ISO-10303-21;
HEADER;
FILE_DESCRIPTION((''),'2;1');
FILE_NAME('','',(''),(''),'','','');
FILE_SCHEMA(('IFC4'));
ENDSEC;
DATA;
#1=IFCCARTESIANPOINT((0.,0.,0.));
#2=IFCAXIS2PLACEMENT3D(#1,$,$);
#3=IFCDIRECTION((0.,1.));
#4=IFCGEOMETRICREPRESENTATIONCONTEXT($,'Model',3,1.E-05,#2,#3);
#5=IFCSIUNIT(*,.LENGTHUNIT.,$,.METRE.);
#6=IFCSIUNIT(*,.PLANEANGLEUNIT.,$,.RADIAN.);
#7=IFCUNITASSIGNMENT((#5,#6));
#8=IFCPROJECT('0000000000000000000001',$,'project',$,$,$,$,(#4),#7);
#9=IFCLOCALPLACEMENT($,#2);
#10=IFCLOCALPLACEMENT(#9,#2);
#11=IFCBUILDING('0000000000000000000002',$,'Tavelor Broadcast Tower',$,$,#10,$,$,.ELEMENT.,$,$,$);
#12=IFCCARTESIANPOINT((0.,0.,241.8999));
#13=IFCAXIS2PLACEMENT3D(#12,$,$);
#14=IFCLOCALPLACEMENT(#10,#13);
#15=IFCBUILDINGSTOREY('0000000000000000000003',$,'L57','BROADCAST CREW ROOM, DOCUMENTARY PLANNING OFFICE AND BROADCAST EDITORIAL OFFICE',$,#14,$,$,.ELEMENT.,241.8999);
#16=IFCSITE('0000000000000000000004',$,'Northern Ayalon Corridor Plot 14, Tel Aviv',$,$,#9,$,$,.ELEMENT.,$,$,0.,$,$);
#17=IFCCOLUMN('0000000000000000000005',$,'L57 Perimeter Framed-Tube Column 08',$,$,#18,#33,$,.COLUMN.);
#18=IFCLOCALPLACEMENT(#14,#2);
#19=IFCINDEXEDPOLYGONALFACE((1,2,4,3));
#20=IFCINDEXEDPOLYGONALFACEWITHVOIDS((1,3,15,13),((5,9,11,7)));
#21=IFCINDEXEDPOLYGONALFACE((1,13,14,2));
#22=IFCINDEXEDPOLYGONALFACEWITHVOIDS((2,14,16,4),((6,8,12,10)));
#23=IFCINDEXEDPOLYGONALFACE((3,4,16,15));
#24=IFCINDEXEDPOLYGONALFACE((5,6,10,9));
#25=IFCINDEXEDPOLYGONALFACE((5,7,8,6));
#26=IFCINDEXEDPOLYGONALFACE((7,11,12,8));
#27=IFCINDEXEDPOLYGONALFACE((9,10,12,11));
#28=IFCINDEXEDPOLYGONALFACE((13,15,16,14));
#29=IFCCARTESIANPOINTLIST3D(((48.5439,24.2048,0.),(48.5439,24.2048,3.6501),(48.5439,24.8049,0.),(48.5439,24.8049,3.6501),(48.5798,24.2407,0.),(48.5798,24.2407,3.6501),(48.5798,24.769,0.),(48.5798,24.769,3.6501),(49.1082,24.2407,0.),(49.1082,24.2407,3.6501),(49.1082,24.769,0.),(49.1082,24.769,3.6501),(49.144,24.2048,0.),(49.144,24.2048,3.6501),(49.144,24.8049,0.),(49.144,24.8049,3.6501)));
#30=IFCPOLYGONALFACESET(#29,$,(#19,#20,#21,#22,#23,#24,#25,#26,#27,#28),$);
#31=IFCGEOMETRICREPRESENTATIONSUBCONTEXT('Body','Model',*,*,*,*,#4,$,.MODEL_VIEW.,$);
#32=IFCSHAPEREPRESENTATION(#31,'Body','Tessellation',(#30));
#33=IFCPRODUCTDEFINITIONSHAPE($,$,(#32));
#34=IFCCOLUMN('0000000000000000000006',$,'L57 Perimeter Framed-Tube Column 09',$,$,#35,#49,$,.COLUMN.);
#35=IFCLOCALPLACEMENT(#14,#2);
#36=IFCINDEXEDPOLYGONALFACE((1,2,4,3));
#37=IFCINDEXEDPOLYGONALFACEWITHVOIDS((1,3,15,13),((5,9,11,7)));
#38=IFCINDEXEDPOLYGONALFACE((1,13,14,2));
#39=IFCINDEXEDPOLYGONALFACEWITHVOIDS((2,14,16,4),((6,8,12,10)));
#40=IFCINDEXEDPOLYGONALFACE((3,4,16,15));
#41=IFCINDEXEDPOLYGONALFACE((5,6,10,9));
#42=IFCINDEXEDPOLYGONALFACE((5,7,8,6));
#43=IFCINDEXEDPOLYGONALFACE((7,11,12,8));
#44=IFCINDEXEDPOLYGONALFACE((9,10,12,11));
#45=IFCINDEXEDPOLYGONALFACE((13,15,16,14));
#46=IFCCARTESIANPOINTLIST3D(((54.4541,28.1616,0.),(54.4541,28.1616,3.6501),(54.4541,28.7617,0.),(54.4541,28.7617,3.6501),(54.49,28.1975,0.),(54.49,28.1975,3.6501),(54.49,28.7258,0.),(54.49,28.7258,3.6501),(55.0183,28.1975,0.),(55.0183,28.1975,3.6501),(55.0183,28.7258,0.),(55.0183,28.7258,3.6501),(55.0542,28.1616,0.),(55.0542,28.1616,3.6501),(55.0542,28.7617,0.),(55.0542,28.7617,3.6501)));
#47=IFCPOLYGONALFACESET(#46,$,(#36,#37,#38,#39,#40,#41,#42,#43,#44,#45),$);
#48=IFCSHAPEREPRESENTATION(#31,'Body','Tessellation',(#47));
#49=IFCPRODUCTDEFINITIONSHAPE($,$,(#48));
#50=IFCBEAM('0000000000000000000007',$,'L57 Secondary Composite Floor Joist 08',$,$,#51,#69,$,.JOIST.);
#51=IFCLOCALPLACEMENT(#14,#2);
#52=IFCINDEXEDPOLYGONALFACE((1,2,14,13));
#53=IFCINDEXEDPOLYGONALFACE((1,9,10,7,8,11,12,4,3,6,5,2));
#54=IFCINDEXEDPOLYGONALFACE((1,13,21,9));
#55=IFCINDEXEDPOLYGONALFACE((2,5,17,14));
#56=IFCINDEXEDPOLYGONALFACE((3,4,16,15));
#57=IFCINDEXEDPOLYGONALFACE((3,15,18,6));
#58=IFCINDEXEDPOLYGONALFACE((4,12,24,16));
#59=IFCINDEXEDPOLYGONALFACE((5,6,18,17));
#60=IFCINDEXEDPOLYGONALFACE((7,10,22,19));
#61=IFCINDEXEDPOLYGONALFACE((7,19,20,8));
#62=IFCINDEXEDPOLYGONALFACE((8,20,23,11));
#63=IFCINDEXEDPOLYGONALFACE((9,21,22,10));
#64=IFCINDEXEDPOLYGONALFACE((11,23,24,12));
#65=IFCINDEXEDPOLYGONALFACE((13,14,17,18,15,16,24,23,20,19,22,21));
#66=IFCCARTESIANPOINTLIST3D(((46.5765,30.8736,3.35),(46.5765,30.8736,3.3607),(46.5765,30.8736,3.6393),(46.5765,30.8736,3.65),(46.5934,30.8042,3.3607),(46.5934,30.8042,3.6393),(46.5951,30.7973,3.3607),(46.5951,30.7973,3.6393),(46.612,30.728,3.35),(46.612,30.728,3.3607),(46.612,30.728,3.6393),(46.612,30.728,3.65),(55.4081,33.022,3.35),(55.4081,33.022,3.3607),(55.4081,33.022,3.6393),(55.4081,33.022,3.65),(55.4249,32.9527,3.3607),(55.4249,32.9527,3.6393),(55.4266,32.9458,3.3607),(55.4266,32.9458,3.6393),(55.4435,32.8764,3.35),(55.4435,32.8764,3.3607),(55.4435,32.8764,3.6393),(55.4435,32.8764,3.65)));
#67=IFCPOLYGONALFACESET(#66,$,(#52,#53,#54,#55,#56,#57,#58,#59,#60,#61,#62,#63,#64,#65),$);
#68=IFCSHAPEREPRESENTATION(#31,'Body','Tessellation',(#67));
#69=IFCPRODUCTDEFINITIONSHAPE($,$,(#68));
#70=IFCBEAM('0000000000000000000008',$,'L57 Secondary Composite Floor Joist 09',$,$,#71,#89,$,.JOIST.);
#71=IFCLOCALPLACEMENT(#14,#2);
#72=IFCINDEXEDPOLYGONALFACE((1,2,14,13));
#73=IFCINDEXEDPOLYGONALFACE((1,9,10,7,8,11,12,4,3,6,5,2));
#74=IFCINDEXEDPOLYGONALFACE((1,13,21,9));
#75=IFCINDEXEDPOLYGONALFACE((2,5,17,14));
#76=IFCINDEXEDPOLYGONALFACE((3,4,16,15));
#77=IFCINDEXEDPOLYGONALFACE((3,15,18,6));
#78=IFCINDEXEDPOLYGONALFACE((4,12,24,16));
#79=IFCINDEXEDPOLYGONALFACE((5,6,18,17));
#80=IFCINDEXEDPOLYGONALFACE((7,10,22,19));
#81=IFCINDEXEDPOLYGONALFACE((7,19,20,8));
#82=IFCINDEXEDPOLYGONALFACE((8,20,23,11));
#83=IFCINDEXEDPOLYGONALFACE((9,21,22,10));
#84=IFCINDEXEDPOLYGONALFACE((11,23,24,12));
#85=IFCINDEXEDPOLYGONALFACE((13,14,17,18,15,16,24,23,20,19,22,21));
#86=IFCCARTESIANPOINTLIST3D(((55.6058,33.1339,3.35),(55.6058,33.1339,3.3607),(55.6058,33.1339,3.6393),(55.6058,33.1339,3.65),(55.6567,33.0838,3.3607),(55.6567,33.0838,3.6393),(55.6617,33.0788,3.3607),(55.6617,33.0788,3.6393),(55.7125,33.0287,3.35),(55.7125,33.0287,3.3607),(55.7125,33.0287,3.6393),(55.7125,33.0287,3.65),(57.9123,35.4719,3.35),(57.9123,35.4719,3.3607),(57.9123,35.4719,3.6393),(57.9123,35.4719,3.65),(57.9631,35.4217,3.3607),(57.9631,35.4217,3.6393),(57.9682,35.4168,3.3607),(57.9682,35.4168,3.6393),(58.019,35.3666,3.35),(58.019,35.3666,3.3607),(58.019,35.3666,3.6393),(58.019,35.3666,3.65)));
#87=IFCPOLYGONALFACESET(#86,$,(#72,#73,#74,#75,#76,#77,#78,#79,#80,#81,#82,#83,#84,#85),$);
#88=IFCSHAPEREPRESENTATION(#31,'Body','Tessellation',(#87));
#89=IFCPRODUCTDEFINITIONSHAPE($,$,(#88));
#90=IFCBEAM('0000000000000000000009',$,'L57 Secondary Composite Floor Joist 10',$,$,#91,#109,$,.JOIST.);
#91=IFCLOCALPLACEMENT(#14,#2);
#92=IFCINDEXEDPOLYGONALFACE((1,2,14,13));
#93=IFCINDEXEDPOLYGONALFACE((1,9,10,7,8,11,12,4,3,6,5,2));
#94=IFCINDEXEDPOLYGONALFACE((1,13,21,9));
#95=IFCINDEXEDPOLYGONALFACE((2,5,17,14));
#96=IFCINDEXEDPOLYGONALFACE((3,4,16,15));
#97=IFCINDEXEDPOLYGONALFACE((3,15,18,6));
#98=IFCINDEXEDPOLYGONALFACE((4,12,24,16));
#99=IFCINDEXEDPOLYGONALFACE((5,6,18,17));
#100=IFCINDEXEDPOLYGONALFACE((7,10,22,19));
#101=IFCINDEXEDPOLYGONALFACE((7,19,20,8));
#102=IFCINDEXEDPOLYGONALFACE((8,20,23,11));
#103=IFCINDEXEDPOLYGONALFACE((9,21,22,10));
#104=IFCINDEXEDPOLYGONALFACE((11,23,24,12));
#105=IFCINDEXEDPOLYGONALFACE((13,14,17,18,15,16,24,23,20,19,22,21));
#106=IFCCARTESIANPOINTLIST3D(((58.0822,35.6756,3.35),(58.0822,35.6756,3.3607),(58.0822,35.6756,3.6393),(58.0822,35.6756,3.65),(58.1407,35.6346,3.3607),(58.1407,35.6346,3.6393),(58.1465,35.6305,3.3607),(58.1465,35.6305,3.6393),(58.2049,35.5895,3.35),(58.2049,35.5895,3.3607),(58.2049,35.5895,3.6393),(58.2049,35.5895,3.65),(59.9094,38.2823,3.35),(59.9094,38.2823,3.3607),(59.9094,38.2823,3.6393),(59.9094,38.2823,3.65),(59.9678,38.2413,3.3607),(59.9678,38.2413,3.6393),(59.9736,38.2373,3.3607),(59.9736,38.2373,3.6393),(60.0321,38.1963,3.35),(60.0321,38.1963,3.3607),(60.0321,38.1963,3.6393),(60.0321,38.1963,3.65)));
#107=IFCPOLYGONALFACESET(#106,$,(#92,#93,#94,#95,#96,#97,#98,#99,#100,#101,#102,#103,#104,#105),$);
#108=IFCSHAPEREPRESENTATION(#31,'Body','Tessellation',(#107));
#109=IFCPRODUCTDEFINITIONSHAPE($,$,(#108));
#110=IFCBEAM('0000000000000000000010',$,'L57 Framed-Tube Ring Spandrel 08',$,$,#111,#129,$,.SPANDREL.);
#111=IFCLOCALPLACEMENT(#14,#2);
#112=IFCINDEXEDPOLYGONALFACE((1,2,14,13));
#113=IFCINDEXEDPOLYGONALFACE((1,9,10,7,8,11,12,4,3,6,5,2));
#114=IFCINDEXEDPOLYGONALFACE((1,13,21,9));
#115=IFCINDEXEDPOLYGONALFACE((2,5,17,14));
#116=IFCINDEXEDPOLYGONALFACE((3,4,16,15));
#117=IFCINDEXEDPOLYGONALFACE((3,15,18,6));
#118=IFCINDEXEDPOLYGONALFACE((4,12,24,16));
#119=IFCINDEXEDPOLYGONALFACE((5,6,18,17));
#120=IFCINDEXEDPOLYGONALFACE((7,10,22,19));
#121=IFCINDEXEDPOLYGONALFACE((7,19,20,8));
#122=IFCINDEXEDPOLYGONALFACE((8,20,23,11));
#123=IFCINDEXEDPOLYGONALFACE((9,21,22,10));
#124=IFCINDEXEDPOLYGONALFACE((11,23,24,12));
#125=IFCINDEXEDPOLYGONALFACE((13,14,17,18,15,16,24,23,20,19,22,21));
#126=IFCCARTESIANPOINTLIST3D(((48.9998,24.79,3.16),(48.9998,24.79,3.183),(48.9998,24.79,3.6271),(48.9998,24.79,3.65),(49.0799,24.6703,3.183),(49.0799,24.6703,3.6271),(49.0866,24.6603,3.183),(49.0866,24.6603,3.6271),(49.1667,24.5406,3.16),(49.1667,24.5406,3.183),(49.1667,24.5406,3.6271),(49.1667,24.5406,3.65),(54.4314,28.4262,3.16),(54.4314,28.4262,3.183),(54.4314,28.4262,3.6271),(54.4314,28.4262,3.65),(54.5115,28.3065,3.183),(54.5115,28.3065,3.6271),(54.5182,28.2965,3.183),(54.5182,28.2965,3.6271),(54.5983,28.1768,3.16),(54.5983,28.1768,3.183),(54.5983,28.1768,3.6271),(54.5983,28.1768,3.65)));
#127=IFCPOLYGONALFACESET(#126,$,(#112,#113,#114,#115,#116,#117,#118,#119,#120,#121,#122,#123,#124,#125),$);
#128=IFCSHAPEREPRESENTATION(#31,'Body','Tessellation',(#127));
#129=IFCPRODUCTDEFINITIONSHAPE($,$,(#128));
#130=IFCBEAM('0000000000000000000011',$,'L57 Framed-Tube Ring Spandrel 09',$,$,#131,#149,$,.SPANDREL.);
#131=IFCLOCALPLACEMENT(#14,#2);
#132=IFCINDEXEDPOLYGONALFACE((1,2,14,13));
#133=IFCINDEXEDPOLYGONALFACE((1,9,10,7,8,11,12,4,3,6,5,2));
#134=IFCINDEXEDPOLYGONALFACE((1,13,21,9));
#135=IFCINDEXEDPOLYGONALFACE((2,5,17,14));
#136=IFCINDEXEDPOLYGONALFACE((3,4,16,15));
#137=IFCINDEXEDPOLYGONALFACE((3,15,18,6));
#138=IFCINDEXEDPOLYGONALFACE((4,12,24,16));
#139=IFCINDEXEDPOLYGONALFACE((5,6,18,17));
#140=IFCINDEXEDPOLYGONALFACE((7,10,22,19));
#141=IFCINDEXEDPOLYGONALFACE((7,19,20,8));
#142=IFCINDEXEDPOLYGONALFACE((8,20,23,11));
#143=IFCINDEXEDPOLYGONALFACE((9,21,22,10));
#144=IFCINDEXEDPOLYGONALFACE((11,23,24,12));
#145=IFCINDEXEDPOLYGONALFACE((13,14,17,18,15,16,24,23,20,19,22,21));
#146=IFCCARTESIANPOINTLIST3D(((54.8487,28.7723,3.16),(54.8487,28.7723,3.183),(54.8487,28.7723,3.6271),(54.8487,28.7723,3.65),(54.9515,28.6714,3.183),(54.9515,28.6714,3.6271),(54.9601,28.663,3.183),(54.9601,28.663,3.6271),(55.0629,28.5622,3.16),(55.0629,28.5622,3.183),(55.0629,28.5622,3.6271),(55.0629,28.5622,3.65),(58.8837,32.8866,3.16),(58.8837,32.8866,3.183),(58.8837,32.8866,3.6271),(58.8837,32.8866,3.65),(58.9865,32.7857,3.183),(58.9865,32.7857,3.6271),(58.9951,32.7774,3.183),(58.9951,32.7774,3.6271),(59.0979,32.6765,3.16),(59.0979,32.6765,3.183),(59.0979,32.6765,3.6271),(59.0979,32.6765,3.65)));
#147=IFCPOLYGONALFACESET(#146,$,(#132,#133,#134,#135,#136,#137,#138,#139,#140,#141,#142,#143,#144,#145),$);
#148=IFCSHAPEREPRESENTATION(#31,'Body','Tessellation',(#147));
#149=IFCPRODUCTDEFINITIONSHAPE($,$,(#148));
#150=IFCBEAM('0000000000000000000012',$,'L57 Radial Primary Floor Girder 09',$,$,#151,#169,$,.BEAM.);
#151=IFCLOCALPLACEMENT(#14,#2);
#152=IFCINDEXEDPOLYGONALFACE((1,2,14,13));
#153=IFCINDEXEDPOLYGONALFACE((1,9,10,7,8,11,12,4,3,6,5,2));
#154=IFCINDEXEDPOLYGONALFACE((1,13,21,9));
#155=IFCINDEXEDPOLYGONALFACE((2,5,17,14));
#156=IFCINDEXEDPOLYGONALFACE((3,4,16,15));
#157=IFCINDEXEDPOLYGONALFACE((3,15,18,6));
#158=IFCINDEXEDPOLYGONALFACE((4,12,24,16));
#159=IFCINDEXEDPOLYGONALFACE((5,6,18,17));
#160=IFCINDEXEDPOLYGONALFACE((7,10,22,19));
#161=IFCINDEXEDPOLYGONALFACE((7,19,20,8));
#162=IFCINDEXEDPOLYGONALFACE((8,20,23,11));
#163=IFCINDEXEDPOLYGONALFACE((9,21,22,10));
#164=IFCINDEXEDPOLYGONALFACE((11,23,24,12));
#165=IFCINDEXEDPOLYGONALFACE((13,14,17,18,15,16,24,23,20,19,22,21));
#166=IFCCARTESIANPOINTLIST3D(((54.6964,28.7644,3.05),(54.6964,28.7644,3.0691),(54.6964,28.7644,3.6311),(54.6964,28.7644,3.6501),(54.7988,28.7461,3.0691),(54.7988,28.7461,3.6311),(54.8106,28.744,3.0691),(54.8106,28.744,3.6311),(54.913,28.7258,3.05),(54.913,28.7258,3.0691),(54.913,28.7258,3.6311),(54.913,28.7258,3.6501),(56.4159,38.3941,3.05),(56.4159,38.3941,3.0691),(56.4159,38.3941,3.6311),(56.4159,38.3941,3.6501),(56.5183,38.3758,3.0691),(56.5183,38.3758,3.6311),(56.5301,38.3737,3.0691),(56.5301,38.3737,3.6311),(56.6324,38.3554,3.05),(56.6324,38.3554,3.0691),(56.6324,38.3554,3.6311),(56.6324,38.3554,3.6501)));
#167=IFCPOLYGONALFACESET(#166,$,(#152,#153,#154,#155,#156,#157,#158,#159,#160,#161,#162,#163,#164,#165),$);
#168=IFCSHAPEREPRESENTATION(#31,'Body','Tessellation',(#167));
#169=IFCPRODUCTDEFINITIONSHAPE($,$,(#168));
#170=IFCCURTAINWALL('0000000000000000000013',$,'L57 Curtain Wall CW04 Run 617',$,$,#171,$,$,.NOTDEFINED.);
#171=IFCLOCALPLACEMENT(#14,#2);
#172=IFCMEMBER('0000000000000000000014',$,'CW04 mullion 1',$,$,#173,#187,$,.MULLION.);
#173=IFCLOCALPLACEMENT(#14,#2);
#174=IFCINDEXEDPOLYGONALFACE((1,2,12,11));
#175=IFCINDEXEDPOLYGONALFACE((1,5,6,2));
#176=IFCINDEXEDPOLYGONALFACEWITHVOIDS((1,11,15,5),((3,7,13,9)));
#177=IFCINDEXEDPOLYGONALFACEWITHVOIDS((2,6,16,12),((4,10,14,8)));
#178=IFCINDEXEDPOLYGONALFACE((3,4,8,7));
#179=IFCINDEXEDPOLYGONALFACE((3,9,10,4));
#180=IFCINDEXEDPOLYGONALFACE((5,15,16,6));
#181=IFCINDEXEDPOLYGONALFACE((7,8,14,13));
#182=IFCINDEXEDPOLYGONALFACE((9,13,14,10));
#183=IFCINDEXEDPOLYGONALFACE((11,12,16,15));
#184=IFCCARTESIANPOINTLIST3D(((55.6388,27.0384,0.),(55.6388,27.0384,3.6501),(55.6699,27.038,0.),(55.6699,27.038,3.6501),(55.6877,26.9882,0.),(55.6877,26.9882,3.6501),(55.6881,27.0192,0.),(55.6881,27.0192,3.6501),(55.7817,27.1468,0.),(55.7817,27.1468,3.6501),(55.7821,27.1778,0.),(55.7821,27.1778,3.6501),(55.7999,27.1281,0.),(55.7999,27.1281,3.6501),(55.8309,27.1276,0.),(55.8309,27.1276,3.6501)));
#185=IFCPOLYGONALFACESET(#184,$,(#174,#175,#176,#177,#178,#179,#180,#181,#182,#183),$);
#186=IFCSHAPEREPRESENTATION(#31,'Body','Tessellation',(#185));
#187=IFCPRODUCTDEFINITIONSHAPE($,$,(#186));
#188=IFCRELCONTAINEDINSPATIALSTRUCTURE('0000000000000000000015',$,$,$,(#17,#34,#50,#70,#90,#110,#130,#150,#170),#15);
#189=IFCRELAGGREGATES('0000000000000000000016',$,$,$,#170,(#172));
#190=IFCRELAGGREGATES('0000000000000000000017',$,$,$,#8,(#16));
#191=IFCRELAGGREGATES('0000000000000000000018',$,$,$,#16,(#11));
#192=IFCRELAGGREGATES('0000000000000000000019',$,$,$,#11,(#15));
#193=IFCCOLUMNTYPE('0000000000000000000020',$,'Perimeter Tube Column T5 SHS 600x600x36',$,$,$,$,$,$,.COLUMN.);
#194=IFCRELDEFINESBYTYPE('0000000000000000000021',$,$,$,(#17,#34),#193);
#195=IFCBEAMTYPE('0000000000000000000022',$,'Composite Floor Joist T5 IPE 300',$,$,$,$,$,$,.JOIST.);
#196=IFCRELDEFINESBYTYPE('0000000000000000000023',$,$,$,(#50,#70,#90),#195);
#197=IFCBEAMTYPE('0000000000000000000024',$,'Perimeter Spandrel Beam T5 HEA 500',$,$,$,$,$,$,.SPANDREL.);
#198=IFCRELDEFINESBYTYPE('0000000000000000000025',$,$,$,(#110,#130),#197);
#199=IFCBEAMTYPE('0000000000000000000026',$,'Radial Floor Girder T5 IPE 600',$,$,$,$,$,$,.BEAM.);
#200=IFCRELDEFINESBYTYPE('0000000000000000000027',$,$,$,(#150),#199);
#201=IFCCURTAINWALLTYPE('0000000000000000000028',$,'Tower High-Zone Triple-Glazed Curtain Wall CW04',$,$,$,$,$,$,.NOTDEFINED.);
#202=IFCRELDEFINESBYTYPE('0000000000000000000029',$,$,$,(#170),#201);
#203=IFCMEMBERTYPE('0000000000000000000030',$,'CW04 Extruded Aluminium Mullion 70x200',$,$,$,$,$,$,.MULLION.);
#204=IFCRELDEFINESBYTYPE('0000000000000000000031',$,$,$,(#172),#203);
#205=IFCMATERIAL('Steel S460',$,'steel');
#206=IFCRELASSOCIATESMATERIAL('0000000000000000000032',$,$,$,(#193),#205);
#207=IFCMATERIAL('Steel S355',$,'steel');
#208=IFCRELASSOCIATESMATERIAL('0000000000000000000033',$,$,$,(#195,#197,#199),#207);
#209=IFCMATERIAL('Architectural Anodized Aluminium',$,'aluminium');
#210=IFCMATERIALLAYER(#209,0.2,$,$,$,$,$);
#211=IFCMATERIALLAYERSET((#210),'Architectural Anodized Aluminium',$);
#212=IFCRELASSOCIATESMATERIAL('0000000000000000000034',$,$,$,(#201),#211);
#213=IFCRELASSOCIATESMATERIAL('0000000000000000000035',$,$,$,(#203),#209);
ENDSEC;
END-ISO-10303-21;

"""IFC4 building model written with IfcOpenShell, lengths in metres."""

from ifc_helpers import new_model, si_unit, direction, frame, origin, origin_2d, place, context, subcontext, project, spatial, hollow_rectangle, i_section, extrude, source, transform, mapped, material, layer, layer_set, material_profile, profile_set, type_object, type_shapes, element, aggregate, save


model = new_model("IFC4")

# Units and contexts
model_context = context("Model", 3, precision=1e-05, world=origin(), true_north=direction((0.0, 1.0)))
body_context = subcontext(model_context, "Body", "Model", "MODEL_VIEW")
ifc_project = project(units=[si_unit("LENGTHUNIT", "METRE"), si_unit("PLANEANGLEUNIT", "RADIAN")], contexts=[model_context])

# Site, building, storey
site_placement = place(None, origin())
site = spatial("IfcSite", under=ifc_project, at=site_placement, Name="Northern Ayalon Corridor Plot 14, Tel Aviv", CompositionType="ELEMENT", RefElevation=0.0)
building_placement = place(site_placement, origin())
building = spatial("IfcBuilding", under=site, at=building_placement, Name="Tavelor Broadcast Tower", CompositionType="ELEMENT")
storey_placement = place(building_placement, frame((0.0, 0.0, 241.8999)))
storey = spatial("IfcBuildingStorey", under=building, at=storey_placement, Name="L57", Description="BROADCAST CREW ROOM, DOCUMENTARY PLANNING OFFICE AND BROADCAST EDITORIAL OFFICE", CompositionType="ELEMENT", Elevation=241.8999)

# Columns
ifc_material_1 = material(Name="Steel S460", Category="steel")
ifc_material_profile_1 = material_profile(ifc_material_1, hollow_rectangle(XDim=0.6001, YDim=0.6001, WallThickness=0.0359, at=origin_2d()), Name="SHS 600x600x36")
ifc_profile_set_1 = profile_set([ifc_material_profile_1], Name="Steel S460")
column_type = type_object("IfcColumnType", Name="Perimeter Tube Column T5 SHS 600x600x36", PredefinedType="COLUMN", material=ifc_profile_set_1)
for number, where, z_axis, x_axis, name in (
    (1, (48.844, 24.5049, 0.0), (0.0, 0.0, 1.0), (1.0, 0.0, 0.0), "L57 Perimeter Framed-Tube Column 08"),
    (2, (54.7542, 28.4617, 0.0), (0.0, 0.0, 1.0), (1.0, 0.0, 0.0), "L57 Perimeter Framed-Tube Column 09"),
):
    element("IfcColumn", number, at=place(storey_placement, frame(where, z_axis=z_axis, x_axis=x_axis)), inside=storey, type_object=column_type, Name=name, PredefinedType="COLUMN", context=body_context, shape_type="SweptSolid", body=[
        extrude(hollow_rectangle(XDim=0.6001, YDim=0.6001, WallThickness=0.0359, at=origin_2d()), origin(), (0.0, 0.0, 1.0), 3.6501),
    ])

# Beams
ifc_material_2 = material(Name="Steel S355", Category="steel")
ifc_material_profile_2 = material_profile(ifc_material_2, i_section(OverallWidth=0.1499, OverallDepth=0.3, WebThickness=0.0071, FlangeThickness=0.0107, at=origin_2d()), Name="IPE 300")
ifc_profile_set_2 = profile_set([ifc_material_profile_2], Name="Steel S355")
beam_type_1 = type_object("IfcBeamType", Name="Composite Floor Joist T5 IPE 300", PredefinedType="JOIST", material=ifc_profile_set_2)
beam_1_placement = place(storey_placement, frame((46.5942, 30.8008, 3.5), z_axis=(0.971662, 0.236375, 0.0), x_axis=(-0.236375, 0.971662, 0.0)))
element("IfcBeam", 3, at=beam_1_placement, inside=storey, type_object=beam_type_1, Name="L57 Secondary Composite Floor Joist 08", PredefinedType="JOIST", context=body_context, shape_type="SweptSolid", body=[
    extrude(i_section(OverallWidth=0.1499, OverallDepth=0.3, WebThickness=0.0071, FlangeThickness=0.0107, at=origin_2d()), origin(), (0.0, 0.0, 1.0), 9.0891),
])
beam_2_placement = place(storey_placement, frame((55.6592, 33.0813, 3.5), z_axis=(0.702296, 0.711885, 0.0), x_axis=(-0.711885, 0.702296, 0.0)))
element("IfcBeam", 4, at=beam_2_placement, inside=storey, type_object=beam_type_1, Name="L57 Secondary Composite Floor Joist 09", PredefinedType="JOIST", context=body_context, shape_type="SweptSolid", body=[
    extrude(i_section(OverallWidth=0.1499, OverallDepth=0.3, WebThickness=0.0071, FlangeThickness=0.0107, at=origin_2d()), origin(), (0.0, 0.0, 1.0), 3.2842),
])
beam_3_placement = place(storey_placement, frame((58.1436, 35.6326, 3.5), z_axis=(0.573982, 0.818868, 0.0), x_axis=(-0.818868, 0.573982, 0.0)))
element("IfcBeam", 5, at=beam_3_placement, inside=storey, type_object=beam_type_1, Name="L57 Secondary Composite Floor Joist 10", PredefinedType="JOIST", context=body_context, shape_type="SweptSolid", body=[
    extrude(i_section(OverallWidth=0.1499, OverallDepth=0.3, WebThickness=0.0071, FlangeThickness=0.0107, at=origin_2d()), origin(), (0.0, 0.0, 1.0), 3.1833),
])
ifc_material_profile_3 = material_profile(ifc_material_2, i_section(OverallWidth=0.3, OverallDepth=0.49, WebThickness=0.012, FlangeThickness=0.0229, at=origin_2d()), Name="HEA 500")
ifc_profile_set_3 = profile_set([ifc_material_profile_3], Name="Steel S355")
beam_type_2 = type_object("IfcBeamType", Name="Perimeter Spandrel Beam T5 HEA 500", PredefinedType="SPANDREL", material=ifc_profile_set_3)
beam_4_placement = place(storey_placement, frame((49.0833, 24.6653, 3.405), z_axis=(0.83098, 0.556302, 0.0), x_axis=(-0.556302, 0.83098, 0.0)))
element("IfcBeam", 6, at=beam_4_placement, inside=storey, type_object=beam_type_2, Name="L57 Framed-Tube Ring Spandrel 08", PredefinedType="SPANDREL", context=body_context, shape_type="SweptSolid", body=[
    extrude(i_section(OverallWidth=0.3, OverallDepth=0.49, WebThickness=0.012, FlangeThickness=0.0229, at=origin_2d()), origin(), (0.0, 0.0, 1.0), 6.5364),
])
beam_5_placement = place(storey_placement, frame((54.9558, 28.6672, 3.405), z_axis=(0.700189, 0.713958, 0.0), x_axis=(-0.713958, 0.700189, 0.0)))
element("IfcBeam", 7, at=beam_5_placement, inside=storey, type_object=beam_type_2, Name="L57 Framed-Tube Ring Spandrel 09", PredefinedType="SPANDREL", context=body_context, shape_type="SweptSolid", body=[
    extrude(i_section(OverallWidth=0.3, OverallDepth=0.49, WebThickness=0.012, FlangeThickness=0.0229, at=origin_2d()), origin(), (0.0, 0.0, 1.0), 5.7627),
])
ifc_material_profile_4 = material_profile(ifc_material_2, i_section(OverallWidth=0.22, OverallDepth=0.6001, WebThickness=0.012, FlangeThickness=0.019, at=origin_2d()), Name="IPE 600")
ifc_profile_set_4 = profile_set([ifc_material_profile_4], Name="Steel S355")
beam_type_3 = type_object("IfcBeamType", Name="Radial Floor Girder T5 IPE 600", PredefinedType="BEAM", material=ifc_profile_set_4)
beam_6_placement = place(storey_placement, frame((56.5242, 38.3748, 3.3501), z_axis=(-0.175781, -0.984429, 0.0), x_axis=(0.984429, -0.175781, 0.0)))
element("IfcBeam", 8, at=beam_6_placement, inside=storey, type_object=beam_type_3, Name="L57 Radial Primary Floor Girder 09", PredefinedType="BEAM", context=body_context, shape_type="SweptSolid", body=[
    extrude(i_section(OverallWidth=0.22, OverallDepth=0.6001, WebThickness=0.012, FlangeThickness=0.019, at=origin_2d()), origin(), (0.0, 0.0, 1.0), 9.782),
])

# Curtain wall, member
ifc_material_3 = material(Name="Architectural Anodized Aluminium", Category="aluminium")
ifc_layer_1 = layer(ifc_material_3, 0.2)
ifc_layer_set_1 = layer_set([ifc_layer_1], Name="Architectural Anodized Aluminium")
curtain_wall_type = type_object("IfcCurtainWallType", Name="Tower High-Zone Triple-Glazed Curtain Wall CW04", PredefinedType="NOTDEFINED", material=ifc_layer_set_1)
curtain_wall_placement = place(storey_placement, origin())
curtain_wall = element("IfcCurtainWall", 9, at=curtain_wall_placement, inside=storey, type_object=curtain_wall_type, Name="L57 Curtain Wall CW04 Run 617", PredefinedType="NOTDEFINED")
ifc_material_profile_5 = material_profile(ifc_material_3, hollow_rectangle(XDim=0.0701, YDim=0.2, WallThickness=0.022, at=origin_2d()), Name="RHS 70x200x22")
ifc_profile_set_5 = profile_set([ifc_material_profile_5], Name="Architectural Anodized Aluminium")
member_type_1 = type_object("IfcMemberType", Name="CW04 Extruded Aluminium Mullion 70x200", PredefinedType="MULLION", material=ifc_profile_set_5)
shared_shape_1 = source(origin(), body_context, "Body", "SweptSolid", [
    extrude(hollow_rectangle(XDim=0.0701, YDim=0.2, WallThickness=0.022, at=origin_2d()), origin(), (0.0, 0.0, 1.0), 3.6501),
])
type_shapes(member_type_1, [shared_shape_1])
member_1_placement = place(storey_placement, frame((55.7349, 27.083, 0.0), z_axis=(0.0, 0.0, 1.0), x_axis=(-0.697474, 0.716611, 0.0)))
member_1 = element("IfcMember", 10, at=member_1_placement, type_object=member_type_1, Name="CW04 mullion 1", PredefinedType="MULLION", context=body_context, shape_type="MappedRepresentation", body=[
    mapped(shared_shape_1, transform((0.0, 0.0, 0.0), scale=1.0)),
])

aggregate(curtain_wall, [member_1])

save(model, "model.ifc")
